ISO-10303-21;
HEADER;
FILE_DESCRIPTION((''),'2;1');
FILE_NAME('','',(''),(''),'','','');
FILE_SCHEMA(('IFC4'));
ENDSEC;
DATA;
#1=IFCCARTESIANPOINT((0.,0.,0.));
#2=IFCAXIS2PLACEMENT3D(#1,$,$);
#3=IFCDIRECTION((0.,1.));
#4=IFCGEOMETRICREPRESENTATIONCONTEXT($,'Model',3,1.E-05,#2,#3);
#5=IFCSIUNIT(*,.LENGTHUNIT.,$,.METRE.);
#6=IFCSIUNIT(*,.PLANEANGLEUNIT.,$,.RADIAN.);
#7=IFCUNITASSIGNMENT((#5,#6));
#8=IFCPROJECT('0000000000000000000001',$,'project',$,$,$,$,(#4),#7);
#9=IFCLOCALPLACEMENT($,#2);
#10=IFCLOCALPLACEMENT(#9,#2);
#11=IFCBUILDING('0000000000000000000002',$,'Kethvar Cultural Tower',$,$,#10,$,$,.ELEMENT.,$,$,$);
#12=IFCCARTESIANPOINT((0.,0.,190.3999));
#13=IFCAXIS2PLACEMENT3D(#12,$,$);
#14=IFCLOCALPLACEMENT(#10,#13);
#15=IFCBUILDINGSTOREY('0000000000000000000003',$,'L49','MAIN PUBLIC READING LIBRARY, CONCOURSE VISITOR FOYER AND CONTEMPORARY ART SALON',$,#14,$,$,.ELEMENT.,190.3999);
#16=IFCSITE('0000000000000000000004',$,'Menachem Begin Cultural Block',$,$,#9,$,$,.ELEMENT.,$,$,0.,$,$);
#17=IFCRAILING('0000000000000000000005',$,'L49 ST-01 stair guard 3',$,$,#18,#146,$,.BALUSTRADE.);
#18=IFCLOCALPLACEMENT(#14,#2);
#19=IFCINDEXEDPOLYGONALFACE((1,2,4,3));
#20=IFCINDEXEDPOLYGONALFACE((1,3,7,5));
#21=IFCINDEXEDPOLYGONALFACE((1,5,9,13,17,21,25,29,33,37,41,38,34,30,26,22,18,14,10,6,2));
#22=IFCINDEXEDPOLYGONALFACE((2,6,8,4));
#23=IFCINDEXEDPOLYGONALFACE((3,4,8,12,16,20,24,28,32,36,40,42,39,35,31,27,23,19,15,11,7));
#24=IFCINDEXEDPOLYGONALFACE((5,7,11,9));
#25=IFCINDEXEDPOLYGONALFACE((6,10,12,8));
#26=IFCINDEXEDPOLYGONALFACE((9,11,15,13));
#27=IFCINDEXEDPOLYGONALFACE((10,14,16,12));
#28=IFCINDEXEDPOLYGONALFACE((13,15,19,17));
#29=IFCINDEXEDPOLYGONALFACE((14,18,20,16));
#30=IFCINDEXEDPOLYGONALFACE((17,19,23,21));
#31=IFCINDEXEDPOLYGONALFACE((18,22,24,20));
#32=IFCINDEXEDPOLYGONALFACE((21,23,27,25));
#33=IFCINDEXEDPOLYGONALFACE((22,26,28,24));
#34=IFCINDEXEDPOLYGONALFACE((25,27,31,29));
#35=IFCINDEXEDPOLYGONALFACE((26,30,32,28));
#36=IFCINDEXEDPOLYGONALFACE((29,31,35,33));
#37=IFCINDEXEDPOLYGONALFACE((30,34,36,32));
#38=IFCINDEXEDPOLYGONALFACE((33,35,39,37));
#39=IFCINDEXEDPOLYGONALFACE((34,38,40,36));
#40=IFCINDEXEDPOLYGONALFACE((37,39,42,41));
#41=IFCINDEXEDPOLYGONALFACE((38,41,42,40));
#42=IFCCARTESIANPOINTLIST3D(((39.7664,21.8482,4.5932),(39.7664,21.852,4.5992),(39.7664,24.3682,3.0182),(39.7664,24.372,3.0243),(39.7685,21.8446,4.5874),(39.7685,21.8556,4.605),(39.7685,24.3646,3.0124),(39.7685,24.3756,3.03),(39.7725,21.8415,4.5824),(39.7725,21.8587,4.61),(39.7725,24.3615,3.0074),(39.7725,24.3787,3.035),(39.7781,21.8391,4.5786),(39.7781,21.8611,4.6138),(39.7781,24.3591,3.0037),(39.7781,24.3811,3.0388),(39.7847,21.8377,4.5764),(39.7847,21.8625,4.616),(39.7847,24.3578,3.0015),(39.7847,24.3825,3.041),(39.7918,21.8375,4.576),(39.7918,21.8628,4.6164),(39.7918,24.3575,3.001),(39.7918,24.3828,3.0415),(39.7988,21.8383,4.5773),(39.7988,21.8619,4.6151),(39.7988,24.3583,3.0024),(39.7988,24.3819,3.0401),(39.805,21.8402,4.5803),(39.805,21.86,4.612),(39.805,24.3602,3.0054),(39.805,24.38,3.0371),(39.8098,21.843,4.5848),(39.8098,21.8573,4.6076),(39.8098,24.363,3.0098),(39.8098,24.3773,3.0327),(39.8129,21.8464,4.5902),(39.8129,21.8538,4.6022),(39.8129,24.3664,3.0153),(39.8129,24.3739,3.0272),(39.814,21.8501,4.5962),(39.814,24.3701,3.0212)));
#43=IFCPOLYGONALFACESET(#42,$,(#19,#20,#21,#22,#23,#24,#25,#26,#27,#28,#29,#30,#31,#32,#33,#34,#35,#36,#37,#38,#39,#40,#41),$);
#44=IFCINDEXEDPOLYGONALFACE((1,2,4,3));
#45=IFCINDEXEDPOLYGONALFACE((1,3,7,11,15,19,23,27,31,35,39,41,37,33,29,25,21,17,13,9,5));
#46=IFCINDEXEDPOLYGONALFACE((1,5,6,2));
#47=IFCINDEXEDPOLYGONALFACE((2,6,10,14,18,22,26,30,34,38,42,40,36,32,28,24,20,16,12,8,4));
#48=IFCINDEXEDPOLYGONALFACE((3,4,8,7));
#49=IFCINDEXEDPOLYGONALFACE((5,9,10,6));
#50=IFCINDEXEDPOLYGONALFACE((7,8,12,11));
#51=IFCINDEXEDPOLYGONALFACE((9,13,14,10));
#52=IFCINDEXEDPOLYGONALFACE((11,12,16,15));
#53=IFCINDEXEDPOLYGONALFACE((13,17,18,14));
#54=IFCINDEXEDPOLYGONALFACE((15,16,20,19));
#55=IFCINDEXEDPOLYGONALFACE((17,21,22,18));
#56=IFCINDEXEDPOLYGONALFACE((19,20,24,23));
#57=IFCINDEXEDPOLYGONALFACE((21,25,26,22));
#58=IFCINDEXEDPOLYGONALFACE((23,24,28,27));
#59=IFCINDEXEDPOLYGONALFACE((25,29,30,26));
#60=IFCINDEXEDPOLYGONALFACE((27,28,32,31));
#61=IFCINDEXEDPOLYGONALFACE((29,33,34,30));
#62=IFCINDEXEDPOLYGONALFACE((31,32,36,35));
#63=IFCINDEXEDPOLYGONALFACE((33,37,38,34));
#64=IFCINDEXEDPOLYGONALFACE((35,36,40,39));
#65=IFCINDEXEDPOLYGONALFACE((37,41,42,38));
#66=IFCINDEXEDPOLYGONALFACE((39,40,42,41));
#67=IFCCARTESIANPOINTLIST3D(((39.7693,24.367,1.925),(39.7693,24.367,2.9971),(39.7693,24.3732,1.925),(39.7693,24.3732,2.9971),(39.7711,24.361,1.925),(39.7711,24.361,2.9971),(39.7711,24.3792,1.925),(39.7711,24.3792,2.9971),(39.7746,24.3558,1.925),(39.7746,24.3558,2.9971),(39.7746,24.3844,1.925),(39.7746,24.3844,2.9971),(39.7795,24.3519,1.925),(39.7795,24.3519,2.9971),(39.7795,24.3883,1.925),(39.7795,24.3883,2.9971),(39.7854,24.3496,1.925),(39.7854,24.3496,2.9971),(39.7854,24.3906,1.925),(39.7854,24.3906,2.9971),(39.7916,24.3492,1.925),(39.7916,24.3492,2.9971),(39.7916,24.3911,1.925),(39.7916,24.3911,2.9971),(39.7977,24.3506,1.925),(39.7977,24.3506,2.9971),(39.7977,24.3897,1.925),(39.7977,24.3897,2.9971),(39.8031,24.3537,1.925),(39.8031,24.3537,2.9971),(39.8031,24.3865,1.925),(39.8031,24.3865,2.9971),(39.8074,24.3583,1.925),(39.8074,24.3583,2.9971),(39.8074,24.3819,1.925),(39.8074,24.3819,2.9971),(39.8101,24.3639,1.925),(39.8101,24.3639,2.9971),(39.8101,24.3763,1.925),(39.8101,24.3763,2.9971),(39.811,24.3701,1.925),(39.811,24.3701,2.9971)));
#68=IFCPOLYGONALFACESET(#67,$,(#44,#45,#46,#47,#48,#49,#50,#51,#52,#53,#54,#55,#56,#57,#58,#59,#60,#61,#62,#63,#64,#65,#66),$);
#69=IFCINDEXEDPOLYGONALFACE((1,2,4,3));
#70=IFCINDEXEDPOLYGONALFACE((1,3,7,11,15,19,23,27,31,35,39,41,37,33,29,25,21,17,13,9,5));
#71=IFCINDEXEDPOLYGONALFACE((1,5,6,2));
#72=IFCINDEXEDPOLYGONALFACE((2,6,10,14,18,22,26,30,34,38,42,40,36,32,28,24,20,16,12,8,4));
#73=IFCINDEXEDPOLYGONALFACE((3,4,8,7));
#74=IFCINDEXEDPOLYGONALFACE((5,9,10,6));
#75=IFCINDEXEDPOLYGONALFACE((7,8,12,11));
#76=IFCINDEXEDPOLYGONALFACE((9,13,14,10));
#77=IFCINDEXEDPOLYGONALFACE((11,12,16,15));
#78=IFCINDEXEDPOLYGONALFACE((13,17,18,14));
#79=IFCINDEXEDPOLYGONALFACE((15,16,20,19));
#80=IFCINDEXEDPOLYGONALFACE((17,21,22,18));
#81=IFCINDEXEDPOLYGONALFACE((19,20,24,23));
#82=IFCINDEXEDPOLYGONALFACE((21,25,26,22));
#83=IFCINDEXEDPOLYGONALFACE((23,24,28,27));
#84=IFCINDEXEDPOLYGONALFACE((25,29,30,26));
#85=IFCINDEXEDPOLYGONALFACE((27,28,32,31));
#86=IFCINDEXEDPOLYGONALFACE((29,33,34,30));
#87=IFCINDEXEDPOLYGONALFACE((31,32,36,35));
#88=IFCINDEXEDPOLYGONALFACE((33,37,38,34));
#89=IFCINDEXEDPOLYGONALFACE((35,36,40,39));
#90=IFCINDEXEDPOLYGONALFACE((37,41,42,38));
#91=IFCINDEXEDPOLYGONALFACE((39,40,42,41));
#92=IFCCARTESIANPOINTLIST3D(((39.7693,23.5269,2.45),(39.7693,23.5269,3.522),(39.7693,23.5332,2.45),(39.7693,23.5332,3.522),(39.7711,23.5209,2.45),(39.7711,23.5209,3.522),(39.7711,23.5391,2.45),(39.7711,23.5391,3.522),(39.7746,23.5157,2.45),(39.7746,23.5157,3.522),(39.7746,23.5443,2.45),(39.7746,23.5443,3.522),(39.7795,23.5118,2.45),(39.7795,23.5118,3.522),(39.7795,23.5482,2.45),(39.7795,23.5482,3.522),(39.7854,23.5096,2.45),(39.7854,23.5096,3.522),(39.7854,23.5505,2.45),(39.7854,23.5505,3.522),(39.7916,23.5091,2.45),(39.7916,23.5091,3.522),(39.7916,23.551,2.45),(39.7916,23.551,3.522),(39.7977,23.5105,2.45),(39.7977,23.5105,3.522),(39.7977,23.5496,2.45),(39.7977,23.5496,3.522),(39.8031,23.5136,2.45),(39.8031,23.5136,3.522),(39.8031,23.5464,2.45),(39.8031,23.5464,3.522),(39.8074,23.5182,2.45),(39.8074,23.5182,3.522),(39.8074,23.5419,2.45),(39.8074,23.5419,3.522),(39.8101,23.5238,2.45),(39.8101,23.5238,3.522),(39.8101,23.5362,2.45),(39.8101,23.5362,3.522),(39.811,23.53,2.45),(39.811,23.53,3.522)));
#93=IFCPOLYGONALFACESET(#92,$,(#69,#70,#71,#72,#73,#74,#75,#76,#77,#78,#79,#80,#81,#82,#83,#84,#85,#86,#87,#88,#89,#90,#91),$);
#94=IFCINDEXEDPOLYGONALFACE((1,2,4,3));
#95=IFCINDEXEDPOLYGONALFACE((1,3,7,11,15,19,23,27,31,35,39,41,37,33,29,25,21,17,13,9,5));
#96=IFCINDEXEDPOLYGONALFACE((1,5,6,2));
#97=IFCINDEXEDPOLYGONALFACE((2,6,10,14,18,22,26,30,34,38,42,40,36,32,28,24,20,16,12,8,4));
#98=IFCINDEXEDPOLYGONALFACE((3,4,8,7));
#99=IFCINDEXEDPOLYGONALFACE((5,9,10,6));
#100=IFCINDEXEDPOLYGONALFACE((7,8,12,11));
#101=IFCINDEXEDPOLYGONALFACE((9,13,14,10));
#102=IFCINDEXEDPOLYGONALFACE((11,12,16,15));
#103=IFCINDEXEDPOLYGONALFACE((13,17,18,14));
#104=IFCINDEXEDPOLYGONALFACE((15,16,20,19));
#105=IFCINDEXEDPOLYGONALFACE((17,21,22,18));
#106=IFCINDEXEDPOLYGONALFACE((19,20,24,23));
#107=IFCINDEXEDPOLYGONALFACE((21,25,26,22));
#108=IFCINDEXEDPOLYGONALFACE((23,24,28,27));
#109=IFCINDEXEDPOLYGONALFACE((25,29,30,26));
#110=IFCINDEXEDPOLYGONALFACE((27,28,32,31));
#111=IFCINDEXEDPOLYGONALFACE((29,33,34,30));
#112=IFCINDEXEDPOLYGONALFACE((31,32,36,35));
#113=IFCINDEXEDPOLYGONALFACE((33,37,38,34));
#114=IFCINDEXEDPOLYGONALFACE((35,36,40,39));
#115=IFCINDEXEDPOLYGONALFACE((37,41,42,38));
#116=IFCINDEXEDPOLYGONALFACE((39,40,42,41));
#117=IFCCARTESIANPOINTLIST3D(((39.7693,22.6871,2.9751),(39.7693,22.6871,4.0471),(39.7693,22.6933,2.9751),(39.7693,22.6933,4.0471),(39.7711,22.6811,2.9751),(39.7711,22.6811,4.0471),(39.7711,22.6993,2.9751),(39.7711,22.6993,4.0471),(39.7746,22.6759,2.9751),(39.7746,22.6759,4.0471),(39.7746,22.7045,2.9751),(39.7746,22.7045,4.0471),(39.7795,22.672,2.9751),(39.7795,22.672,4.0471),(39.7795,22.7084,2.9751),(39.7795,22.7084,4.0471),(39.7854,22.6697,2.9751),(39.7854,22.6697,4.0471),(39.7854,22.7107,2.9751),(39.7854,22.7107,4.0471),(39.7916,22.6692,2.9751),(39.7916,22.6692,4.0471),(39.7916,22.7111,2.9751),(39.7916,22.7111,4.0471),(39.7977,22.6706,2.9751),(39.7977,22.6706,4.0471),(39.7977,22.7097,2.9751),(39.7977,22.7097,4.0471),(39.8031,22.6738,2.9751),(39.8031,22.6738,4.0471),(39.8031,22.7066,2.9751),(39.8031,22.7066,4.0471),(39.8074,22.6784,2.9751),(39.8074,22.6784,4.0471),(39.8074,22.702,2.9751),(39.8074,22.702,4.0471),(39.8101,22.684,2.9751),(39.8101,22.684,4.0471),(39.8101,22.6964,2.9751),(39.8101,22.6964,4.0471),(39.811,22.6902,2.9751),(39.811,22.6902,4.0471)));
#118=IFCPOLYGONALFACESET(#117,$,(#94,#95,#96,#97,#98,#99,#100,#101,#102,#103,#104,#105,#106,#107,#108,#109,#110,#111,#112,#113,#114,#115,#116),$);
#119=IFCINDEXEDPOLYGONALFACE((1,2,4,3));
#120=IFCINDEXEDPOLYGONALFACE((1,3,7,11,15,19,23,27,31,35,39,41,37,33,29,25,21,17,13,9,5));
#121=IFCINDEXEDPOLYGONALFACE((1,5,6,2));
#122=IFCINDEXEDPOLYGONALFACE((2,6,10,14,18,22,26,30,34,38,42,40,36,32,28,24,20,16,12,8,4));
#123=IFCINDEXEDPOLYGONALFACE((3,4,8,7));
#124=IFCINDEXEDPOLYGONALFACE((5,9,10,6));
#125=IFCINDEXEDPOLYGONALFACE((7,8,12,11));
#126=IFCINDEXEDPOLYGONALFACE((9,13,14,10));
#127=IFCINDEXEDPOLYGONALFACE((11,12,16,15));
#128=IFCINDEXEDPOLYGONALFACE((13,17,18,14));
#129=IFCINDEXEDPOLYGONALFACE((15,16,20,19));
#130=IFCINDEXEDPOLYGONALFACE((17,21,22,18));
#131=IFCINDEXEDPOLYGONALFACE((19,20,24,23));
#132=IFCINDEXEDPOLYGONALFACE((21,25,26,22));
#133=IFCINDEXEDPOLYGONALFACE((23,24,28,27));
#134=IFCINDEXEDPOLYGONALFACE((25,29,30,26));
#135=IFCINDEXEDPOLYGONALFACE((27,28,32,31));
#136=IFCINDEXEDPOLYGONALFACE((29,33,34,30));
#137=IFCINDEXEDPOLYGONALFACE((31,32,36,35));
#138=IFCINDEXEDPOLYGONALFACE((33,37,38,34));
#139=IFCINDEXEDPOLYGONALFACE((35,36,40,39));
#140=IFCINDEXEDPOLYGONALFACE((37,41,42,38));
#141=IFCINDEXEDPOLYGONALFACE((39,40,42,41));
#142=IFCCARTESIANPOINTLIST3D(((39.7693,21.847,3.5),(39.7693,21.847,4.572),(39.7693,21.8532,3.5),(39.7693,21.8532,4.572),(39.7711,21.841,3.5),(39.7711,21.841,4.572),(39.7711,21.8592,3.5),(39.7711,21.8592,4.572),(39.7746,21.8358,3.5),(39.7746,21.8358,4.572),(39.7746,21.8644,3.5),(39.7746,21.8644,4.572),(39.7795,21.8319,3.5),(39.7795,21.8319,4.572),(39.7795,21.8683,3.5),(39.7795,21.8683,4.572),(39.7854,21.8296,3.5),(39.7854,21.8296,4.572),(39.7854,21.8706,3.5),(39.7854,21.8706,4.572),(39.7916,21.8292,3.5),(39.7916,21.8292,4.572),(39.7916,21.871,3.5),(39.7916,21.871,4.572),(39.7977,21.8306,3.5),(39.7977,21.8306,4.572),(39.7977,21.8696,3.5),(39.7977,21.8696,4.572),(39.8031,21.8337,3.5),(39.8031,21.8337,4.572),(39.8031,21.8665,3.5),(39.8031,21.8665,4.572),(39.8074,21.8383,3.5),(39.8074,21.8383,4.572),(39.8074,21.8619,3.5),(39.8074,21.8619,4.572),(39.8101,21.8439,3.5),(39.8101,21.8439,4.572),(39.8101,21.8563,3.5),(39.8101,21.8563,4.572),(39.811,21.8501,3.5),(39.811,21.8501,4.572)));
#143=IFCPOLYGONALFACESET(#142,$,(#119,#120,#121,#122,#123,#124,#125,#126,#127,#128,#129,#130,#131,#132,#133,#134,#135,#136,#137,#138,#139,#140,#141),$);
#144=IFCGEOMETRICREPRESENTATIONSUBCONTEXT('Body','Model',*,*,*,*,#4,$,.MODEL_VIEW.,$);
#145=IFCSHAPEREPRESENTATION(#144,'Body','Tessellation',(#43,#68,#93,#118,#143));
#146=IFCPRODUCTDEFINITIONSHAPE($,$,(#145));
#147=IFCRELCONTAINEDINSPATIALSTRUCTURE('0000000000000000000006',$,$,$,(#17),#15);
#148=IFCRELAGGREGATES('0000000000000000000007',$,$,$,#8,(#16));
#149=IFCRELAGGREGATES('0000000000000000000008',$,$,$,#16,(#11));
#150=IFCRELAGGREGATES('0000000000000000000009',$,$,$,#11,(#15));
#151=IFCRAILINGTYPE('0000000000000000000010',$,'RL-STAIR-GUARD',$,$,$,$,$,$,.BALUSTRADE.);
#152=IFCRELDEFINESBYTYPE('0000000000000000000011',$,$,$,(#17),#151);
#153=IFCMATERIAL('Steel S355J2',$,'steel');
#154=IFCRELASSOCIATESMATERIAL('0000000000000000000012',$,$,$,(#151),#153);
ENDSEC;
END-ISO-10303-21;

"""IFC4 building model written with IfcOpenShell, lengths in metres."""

from ifc_helpers import new_model, si_unit, direction, frame, origin, origin_2d, place, context, subcontext, project, spatial, circle, extrude, material, type_object, element, save


model = new_model("IFC4")

# Units and contexts
model_context = context("Model", 3, precision=1e-05, world=origin(), true_north=direction((0.0, 1.0)))
body_context = subcontext(model_context, "Body", "Model", "MODEL_VIEW")
ifc_project = project(units=[si_unit("LENGTHUNIT", "METRE"), si_unit("PLANEANGLEUNIT", "RADIAN")], contexts=[model_context])

# Site, building, storey
site_placement = place(None, origin())
site = spatial("IfcSite", under=ifc_project, at=site_placement, Name="Menachem Begin Cultural Block", CompositionType="ELEMENT", RefElevation=0.0)
building_placement = place(site_placement, origin())
building = spatial("IfcBuilding", under=site, at=building_placement, Name="Kethvar Cultural Tower", CompositionType="ELEMENT")
storey_placement = place(building_placement, frame((0.0, 0.0, 190.3999)))
storey = spatial("IfcBuildingStorey", under=building, at=storey_placement, Name="L49", Description="MAIN PUBLIC READING LIBRARY, CONCOURSE VISITOR FOYER AND CONTEMPORARY ART SALON", CompositionType="ELEMENT", Elevation=190.3999)

# Shared definitions
ifc_material_1 = material(Name="Steel S355J2", Category="steel")

# Railing
railing_type_1 = type_object("IfcRailingType", Name="RL-STAIR-GUARD", PredefinedType="BALUSTRADE", material=ifc_material_1)
railing_1_placement = place(storey_placement, frame((39.79, 24.3701, 1.925)))
element("IfcRailing", 1, at=railing_1_placement, inside=storey, type_object=railing_type_1, Name="L49 ST-01 stair guard 3", PredefinedType="BALUSTRADE", context=body_context, shape_type="SweptSolid", body=[
    extrude(circle(Radius=0.0239, at=origin_2d()), frame((0.0, 0.0, 1.0962), z_axis=(0.0, -0.848008, 0.529984), x_axis=(1.0, 0.0, 0.0)), (0.0, 0.0, 1.0), 2.9717),
    extrude(circle(Radius=0.021, at=origin_2d()), origin(), (0.0, 0.0, 1.0), 1.072),
    extrude(circle(Radius=0.021, at=origin_2d()), frame((0.0, -0.8401, 0.5249)), (0.0, 0.0, 1.0), 1.072),
    extrude(circle(Radius=0.021, at=origin_2d()), frame((0.0, -1.6799, 1.05)), (0.0, 0.0, 1.0), 1.072),
    extrude(circle(Radius=0.021, at=origin_2d()), frame((0.0, -2.52, 1.575)), (0.0, 0.0, 1.0), 1.072),
])

save(model, "model.ifc")
